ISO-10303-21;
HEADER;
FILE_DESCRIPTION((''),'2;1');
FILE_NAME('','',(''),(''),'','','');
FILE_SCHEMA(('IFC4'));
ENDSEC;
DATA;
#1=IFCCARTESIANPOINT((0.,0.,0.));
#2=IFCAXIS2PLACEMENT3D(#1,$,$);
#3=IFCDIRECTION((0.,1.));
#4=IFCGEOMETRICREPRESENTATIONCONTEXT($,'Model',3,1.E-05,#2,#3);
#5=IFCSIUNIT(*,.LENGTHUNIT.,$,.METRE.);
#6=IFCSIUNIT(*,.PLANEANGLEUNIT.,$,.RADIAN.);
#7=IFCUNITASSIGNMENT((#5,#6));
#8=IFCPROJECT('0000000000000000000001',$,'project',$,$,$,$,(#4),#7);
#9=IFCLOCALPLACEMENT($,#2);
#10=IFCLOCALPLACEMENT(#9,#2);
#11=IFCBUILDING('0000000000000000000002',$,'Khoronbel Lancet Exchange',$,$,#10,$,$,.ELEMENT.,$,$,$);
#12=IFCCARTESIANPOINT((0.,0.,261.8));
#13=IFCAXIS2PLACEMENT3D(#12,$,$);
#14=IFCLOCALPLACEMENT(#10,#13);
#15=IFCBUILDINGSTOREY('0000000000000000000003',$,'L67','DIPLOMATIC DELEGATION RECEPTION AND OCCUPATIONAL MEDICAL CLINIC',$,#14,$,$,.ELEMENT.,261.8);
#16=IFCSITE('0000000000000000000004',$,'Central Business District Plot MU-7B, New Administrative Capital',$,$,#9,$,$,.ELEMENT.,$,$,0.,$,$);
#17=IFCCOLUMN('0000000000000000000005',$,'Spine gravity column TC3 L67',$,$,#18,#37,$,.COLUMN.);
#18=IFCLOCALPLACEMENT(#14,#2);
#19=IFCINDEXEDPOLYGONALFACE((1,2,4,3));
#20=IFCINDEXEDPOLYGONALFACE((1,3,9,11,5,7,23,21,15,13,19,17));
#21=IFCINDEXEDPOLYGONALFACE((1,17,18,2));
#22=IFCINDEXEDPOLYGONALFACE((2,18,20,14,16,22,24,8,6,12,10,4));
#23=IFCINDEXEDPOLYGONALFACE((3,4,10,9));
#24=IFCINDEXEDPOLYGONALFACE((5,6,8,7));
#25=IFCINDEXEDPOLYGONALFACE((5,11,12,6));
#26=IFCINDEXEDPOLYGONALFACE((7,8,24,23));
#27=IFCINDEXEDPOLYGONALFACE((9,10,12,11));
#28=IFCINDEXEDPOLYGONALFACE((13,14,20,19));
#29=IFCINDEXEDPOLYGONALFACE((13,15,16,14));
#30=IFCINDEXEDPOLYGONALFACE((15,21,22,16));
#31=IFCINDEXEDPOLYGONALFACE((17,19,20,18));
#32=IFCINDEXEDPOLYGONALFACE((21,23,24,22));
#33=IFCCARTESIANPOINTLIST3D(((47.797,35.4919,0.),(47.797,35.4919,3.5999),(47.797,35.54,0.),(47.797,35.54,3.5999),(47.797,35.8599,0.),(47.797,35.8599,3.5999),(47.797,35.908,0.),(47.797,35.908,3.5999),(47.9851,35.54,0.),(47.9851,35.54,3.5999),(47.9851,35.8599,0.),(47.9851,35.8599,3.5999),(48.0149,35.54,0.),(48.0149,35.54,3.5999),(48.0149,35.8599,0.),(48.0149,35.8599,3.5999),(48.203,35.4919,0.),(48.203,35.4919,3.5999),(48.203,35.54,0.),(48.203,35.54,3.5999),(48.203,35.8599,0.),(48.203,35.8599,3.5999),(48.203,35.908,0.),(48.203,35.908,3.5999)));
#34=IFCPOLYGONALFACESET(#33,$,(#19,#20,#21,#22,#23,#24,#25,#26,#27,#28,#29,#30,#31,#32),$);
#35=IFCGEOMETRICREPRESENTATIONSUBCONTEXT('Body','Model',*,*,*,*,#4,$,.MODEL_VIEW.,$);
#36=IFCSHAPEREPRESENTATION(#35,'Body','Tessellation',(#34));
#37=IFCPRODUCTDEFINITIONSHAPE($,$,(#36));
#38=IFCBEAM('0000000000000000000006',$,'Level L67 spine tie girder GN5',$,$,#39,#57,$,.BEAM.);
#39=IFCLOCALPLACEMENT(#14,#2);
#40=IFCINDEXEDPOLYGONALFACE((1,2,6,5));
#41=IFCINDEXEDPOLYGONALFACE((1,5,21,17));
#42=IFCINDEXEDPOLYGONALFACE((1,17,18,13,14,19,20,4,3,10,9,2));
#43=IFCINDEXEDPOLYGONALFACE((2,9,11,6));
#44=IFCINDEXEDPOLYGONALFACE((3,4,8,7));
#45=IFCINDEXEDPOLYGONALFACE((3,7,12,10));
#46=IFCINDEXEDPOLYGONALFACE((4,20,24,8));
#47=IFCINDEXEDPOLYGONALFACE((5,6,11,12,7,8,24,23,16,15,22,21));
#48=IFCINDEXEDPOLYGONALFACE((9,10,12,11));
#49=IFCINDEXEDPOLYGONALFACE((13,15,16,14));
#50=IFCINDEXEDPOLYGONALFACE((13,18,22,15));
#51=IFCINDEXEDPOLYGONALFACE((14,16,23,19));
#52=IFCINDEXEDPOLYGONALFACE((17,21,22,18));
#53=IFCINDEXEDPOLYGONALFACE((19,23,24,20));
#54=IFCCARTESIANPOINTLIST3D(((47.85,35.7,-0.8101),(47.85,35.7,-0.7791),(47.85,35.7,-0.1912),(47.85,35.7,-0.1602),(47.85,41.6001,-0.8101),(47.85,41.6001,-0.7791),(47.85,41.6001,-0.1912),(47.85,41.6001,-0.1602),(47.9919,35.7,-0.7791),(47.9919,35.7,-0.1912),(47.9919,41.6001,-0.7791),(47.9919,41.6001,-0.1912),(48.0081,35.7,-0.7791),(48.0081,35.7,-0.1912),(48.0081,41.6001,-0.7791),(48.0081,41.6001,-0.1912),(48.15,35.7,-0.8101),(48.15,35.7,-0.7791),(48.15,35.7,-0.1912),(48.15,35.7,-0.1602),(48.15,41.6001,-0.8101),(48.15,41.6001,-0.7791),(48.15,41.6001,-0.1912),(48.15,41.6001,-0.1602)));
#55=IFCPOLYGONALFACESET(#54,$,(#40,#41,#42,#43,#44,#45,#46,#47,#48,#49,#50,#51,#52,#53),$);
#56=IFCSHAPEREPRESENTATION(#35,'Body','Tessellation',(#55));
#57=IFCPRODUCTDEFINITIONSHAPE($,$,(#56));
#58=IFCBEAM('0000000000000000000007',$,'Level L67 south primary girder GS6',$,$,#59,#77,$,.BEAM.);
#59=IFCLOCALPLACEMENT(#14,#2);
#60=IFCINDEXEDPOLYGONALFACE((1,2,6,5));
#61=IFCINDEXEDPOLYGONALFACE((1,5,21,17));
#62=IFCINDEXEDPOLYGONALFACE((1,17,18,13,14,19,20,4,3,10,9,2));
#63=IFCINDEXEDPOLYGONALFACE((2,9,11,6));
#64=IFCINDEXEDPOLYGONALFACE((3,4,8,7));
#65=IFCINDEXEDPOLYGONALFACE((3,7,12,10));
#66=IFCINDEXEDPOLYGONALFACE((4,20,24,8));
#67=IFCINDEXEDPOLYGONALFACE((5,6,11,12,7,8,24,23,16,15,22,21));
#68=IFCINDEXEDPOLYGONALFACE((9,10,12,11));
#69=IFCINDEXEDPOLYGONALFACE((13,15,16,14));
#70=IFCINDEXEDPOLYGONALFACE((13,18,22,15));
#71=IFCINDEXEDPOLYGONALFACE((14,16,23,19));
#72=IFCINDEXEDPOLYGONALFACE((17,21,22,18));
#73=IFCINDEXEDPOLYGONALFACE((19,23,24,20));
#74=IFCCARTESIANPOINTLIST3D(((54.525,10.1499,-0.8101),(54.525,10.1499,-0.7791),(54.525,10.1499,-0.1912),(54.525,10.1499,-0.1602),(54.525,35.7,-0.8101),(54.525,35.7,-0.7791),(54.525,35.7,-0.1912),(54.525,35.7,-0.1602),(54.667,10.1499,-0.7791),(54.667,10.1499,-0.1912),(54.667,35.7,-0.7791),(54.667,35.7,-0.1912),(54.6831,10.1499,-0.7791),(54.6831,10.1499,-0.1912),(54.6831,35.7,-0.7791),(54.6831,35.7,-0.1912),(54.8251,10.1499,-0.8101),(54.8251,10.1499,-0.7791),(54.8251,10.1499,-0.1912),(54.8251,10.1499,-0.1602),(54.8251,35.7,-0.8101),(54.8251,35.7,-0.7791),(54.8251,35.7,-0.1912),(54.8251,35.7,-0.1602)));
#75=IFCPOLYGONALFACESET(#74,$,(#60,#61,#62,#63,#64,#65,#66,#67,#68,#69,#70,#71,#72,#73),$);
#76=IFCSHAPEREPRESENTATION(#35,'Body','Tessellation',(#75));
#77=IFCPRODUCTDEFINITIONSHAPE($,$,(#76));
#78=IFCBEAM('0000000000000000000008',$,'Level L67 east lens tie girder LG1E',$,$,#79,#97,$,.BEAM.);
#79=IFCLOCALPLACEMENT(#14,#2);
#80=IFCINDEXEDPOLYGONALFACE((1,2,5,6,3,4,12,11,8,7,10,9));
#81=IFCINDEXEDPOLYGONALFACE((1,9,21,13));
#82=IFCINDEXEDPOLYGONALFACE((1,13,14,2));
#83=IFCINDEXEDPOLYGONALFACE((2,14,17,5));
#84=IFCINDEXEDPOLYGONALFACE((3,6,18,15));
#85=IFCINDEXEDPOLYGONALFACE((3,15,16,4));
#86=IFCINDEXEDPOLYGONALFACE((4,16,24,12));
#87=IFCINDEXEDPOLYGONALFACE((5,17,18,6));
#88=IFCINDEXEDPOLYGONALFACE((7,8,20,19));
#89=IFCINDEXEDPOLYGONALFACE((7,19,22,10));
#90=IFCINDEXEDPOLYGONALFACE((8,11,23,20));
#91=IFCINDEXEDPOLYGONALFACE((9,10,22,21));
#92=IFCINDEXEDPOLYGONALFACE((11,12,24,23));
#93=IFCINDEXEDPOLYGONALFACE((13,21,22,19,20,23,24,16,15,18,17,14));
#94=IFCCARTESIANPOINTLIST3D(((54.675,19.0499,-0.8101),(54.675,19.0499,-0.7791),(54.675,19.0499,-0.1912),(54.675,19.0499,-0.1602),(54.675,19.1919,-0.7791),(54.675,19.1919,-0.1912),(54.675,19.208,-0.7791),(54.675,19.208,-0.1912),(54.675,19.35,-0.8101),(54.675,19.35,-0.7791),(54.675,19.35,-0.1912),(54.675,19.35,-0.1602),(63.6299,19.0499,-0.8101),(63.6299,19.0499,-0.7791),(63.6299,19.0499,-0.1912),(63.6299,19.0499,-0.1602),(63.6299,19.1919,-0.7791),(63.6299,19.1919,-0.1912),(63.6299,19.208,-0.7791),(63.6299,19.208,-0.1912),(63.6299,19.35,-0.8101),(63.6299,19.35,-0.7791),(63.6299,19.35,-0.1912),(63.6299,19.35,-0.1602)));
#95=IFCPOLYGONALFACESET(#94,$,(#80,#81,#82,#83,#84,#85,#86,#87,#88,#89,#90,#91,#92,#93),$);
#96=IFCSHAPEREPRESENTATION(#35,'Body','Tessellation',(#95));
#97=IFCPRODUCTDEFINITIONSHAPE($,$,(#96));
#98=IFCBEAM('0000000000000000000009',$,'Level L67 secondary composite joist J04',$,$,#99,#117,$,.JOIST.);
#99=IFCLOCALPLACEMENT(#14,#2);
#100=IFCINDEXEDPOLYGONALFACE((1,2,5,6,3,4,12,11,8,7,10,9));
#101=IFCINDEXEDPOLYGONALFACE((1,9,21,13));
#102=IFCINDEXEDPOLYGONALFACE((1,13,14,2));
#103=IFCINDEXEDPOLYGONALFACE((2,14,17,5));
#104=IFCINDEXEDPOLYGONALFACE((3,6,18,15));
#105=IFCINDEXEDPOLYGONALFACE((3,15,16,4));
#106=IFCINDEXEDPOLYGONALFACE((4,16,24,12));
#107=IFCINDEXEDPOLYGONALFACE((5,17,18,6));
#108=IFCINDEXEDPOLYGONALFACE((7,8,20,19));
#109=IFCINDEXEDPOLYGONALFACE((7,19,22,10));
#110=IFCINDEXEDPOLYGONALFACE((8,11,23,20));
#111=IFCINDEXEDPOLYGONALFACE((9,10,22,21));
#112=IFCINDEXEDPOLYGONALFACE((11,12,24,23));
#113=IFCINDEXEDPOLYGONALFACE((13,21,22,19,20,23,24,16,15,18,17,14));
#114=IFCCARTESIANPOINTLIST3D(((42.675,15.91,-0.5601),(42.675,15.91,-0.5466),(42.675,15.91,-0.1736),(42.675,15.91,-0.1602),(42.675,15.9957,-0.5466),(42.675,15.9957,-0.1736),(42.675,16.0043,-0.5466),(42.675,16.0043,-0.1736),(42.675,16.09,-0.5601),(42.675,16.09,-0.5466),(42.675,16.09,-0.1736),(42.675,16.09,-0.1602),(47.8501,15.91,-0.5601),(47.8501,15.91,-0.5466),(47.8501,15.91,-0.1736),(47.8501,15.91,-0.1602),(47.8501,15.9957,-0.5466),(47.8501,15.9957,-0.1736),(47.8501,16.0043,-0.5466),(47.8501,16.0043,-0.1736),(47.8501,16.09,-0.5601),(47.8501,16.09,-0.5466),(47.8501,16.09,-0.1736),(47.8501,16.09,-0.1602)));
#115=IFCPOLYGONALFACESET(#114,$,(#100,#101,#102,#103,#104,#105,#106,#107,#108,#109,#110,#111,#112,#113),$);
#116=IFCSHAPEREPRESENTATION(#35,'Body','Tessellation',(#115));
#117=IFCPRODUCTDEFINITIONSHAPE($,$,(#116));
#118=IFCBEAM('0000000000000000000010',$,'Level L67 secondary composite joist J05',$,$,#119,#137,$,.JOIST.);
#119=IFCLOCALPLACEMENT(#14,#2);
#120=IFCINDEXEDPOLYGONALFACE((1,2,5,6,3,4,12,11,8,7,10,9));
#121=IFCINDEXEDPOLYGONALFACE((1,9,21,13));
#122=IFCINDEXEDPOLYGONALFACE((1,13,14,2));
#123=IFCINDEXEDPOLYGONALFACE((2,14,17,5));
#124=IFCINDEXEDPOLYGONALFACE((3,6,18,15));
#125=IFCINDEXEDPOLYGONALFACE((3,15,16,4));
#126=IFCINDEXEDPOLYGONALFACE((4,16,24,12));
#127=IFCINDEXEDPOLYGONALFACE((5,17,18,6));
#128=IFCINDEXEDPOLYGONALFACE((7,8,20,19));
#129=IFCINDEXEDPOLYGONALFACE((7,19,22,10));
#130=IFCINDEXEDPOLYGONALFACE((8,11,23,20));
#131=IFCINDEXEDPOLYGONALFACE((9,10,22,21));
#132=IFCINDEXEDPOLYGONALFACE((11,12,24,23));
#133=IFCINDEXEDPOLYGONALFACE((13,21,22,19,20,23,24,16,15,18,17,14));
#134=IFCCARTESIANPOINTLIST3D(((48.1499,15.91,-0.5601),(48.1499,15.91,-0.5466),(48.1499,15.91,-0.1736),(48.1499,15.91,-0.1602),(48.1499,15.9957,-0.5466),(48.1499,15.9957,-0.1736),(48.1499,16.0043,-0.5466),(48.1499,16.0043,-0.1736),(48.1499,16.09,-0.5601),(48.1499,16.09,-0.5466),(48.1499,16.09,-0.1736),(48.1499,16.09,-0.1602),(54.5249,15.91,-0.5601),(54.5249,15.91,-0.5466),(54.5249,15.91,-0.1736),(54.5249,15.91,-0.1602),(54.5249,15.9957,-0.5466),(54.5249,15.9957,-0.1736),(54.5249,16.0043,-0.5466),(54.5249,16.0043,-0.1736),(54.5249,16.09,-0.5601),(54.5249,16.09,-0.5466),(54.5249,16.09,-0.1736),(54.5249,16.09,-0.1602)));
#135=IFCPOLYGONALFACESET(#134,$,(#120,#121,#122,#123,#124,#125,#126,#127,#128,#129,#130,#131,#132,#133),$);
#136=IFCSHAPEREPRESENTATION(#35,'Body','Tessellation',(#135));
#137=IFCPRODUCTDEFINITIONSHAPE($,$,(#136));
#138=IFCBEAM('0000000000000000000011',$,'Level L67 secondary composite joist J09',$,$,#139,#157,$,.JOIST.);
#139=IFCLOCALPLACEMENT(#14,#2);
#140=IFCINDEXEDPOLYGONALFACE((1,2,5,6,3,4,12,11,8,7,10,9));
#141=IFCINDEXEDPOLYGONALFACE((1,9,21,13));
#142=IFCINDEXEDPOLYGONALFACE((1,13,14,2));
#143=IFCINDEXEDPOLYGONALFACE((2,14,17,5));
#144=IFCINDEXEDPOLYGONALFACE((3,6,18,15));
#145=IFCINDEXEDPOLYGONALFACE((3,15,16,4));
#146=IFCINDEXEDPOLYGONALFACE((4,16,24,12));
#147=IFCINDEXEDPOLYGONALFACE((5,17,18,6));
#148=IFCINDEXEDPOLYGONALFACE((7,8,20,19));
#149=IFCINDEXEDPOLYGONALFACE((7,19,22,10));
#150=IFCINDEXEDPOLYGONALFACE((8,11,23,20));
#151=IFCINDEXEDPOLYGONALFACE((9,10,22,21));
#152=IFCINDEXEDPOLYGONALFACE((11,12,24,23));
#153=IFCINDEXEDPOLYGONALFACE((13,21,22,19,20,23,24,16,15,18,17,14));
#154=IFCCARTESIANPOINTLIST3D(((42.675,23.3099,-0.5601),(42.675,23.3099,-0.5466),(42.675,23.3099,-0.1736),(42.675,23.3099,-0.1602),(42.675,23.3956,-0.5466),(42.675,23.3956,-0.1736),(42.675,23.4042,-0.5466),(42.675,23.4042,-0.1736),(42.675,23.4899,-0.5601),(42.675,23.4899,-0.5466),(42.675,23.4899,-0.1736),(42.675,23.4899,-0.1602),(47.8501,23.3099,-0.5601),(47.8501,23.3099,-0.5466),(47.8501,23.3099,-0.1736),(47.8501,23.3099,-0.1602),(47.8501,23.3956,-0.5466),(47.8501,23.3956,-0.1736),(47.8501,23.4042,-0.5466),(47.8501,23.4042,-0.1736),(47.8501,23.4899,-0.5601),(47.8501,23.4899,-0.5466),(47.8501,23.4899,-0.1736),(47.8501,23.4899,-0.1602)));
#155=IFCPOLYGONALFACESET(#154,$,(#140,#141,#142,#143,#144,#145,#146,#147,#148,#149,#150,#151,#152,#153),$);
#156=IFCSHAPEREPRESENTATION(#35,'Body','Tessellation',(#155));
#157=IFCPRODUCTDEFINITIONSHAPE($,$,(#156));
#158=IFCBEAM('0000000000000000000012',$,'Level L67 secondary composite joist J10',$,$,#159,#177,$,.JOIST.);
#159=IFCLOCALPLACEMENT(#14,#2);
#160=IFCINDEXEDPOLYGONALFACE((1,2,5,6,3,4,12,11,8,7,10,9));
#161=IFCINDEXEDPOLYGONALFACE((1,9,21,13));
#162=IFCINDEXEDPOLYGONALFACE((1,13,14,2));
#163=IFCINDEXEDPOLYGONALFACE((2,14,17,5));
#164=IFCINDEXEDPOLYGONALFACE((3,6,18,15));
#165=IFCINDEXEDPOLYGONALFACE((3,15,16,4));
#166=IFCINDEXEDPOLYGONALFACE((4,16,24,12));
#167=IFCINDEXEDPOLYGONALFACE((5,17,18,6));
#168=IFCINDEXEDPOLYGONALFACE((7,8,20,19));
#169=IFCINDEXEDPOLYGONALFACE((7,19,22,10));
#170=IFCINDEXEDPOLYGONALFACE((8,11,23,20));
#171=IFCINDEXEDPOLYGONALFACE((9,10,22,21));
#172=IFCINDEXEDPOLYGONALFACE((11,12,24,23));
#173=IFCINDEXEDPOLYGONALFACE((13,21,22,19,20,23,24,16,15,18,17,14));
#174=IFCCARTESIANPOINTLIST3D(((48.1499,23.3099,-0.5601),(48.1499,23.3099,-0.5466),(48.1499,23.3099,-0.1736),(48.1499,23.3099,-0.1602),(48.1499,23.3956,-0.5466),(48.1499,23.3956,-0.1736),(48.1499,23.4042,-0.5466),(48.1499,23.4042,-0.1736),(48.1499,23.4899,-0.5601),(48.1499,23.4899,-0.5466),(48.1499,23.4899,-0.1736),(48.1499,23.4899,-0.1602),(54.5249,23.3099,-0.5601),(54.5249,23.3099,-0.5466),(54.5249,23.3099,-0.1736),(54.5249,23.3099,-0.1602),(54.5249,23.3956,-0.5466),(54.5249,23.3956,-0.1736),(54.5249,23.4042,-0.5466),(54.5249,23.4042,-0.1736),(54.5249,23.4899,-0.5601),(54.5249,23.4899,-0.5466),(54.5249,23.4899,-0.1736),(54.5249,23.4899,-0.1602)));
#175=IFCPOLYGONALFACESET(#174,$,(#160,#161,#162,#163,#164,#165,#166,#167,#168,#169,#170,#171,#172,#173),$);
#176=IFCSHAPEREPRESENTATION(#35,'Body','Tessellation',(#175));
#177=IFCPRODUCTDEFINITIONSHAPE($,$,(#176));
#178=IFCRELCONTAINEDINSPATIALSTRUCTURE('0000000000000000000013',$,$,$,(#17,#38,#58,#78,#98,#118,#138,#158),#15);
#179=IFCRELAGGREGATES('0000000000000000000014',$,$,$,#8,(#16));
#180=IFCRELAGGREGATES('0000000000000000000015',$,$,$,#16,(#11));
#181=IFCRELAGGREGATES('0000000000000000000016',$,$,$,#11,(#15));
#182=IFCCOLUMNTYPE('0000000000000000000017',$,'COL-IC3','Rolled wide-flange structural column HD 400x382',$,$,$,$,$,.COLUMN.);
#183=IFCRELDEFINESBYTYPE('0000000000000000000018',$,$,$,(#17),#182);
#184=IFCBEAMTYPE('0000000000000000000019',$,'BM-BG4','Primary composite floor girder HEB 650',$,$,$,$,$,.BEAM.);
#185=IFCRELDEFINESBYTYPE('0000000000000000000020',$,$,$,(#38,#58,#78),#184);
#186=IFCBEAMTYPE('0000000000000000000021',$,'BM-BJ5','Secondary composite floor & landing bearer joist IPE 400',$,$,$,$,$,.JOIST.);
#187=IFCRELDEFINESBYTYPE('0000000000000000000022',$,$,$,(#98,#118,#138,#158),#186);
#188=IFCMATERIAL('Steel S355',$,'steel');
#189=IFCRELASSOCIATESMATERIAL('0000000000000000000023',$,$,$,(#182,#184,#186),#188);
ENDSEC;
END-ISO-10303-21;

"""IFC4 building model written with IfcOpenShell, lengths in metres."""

from ifc_helpers import new_model, si_unit, direction, frame, origin, origin_2d, place, context, subcontext, project, spatial, i_section, extrude, material, material_profile, profile_set, type_object, element, save


model = new_model("IFC4")

# Units and contexts
model_context = context("Model", 3, precision=1e-05, world=origin(), true_north=direction((0.0, 1.0)))
body_context = subcontext(model_context, "Body", "Model", "MODEL_VIEW")
ifc_project = project(units=[si_unit("LENGTHUNIT", "METRE"), si_unit("PLANEANGLEUNIT", "RADIAN")], contexts=[model_context])

# Site, building, storey
site_placement = place(None, origin())
site = spatial("IfcSite", under=ifc_project, at=site_placement, Name="Central Business District Plot MU-7B, New Administrative Capital", CompositionType="ELEMENT", RefElevation=0.0)
building_placement = place(site_placement, origin())
building = spatial("IfcBuilding", under=site, at=building_placement, Name="Khoronbel Lancet Exchange", CompositionType="ELEMENT")
storey_placement = place(building_placement, frame((0.0, 0.0, 261.8)))
storey = spatial("IfcBuildingStorey", under=building, at=storey_placement, Name="L67", Description="DIPLOMATIC DELEGATION RECEPTION AND OCCUPATIONAL MEDICAL CLINIC", CompositionType="ELEMENT", Elevation=261.8)

# Column
ifc_material_1 = material(Name="Steel S355", Category="steel")
ifc_material_profile_1 = material_profile(ifc_material_1, i_section(OverallWidth=0.406, OverallDepth=0.416, WebThickness=0.0298, FlangeThickness=0.0481, at=origin_2d()), Name="HD 400x382")
ifc_profile_set_1 = profile_set([ifc_material_profile_1], Name="Steel S355")
column_type = type_object("IfcColumnType", Name="COL-IC3", Description="Rolled wide-flange structural column HD 400x382", PredefinedType="COLUMN", material=ifc_profile_set_1)
column_placement = place(storey_placement, frame((48.0, 35.7, 0.0), z_axis=(0.0, 0.0, 1.0), x_axis=(1.0, 0.0, 0.0)))
element("IfcColumn", 1, at=column_placement, inside=storey, type_object=column_type, Name="Spine gravity column TC3 L67", PredefinedType="COLUMN", context=body_context, shape_type="SweptSolid", body=[
    extrude(i_section(OverallWidth=0.406, OverallDepth=0.416, WebThickness=0.0298, FlangeThickness=0.0481, at=origin_2d()), origin(), (0.0, 0.0, 1.0), 3.5999),
])

# Beams
ifc_material_profile_2 = material_profile(ifc_material_1, i_section(OverallWidth=0.3, OverallDepth=0.6499, WebThickness=0.0161, FlangeThickness=0.031, at=origin_2d()), Name="HEB 650")
ifc_profile_set_2 = profile_set([ifc_material_profile_2], Name="Steel S355")
beam_type_1 = type_object("IfcBeamType", Name="BM-BG4", Description="Primary composite floor girder HEB 650", PredefinedType="BEAM", material=ifc_profile_set_2)
beam_1_placement = place(storey_placement, frame((48.0, 35.7, -0.4851), z_axis=(0.0, 1.0, 0.0), x_axis=(-1.0, 0.0, 0.0)))
element("IfcBeam", 2, at=beam_1_placement, inside=storey, type_object=beam_type_1, Name="Level L67 spine tie girder GN5", PredefinedType="BEAM", context=body_context, shape_type="SweptSolid", body=[
    extrude(i_section(OverallWidth=0.3, OverallDepth=0.6499, WebThickness=0.0161, FlangeThickness=0.031, at=origin_2d()), origin(), (0.0, 0.0, 1.0), 5.9001),
])
beam_2_placement = place(storey_placement, frame((54.675, 10.1499, -0.4851), z_axis=(0.0, 1.0, 0.0), x_axis=(-1.0, 0.0, 0.0)))
element("IfcBeam", 3, at=beam_2_placement, inside=storey, type_object=beam_type_1, Name="Level L67 south primary girder GS6", PredefinedType="BEAM", context=body_context, shape_type="SweptSolid", body=[
    extrude(i_section(OverallWidth=0.3, OverallDepth=0.6499, WebThickness=0.0161, FlangeThickness=0.031, at=origin_2d()), origin(), (0.0, 0.0, 1.0), 25.55),
])
beam_3_placement = place(storey_placement, frame((54.675, 19.2, -0.4851), z_axis=(1.0, 0.0, 0.0), x_axis=(0.0, 1.0, 0.0)))
element("IfcBeam", 4, at=beam_3_placement, inside=storey, type_object=beam_type_1, Name="Level L67 east lens tie girder LG1E", PredefinedType="BEAM", context=body_context, shape_type="SweptSolid", body=[
    extrude(i_section(OverallWidth=0.3, OverallDepth=0.6499, WebThickness=0.0161, FlangeThickness=0.031, at=origin_2d()), origin(), (0.0, 0.0, 1.0), 8.9548),
])
ifc_material_profile_3 = material_profile(ifc_material_1, i_section(OverallWidth=0.1799, OverallDepth=0.3999, WebThickness=0.0085, FlangeThickness=0.0134, at=origin_2d()), Name="IPE 400")
ifc_profile_set_3 = profile_set([ifc_material_profile_3], Name="Steel S355")
beam_type_2 = type_object("IfcBeamType", Name="BM-BJ5", Description="Secondary composite floor & landing bearer joist IPE 400", PredefinedType="JOIST", material=ifc_profile_set_3)
beam_4_placement = place(storey_placement, frame((42.675, 16.0, -0.3601), z_axis=(1.0, 0.0, 0.0), x_axis=(0.0, 1.0, 0.0)))
element("IfcBeam", 5, at=beam_4_placement, inside=storey, type_object=beam_type_2, Name="Level L67 secondary composite joist J04", PredefinedType="JOIST", context=body_context, shape_type="SweptSolid", body=[
    extrude(i_section(OverallWidth=0.1799, OverallDepth=0.3999, WebThickness=0.0085, FlangeThickness=0.0134, at=origin_2d()), origin(), (0.0, 0.0, 1.0), 5.175),
])
beam_5_placement = place(storey_placement, frame((48.1499, 16.0, -0.3601), z_axis=(1.0, 0.0, 0.0), x_axis=(0.0, 1.0, 0.0)))
element("IfcBeam", 6, at=beam_5_placement, inside=storey, type_object=beam_type_2, Name="Level L67 secondary composite joist J05", PredefinedType="JOIST", context=body_context, shape_type="SweptSolid", body=[
    extrude(i_section(OverallWidth=0.1799, OverallDepth=0.3999, WebThickness=0.0085, FlangeThickness=0.0134, at=origin_2d()), origin(), (0.0, 0.0, 1.0), 6.375),
])
beam_6_placement = place(storey_placement, frame((42.675, 23.3999, -0.3601), z_axis=(1.0, 0.0, 0.0), x_axis=(0.0, 1.0, 0.0)))
element("IfcBeam", 7, at=beam_6_placement, inside=storey, type_object=beam_type_2, Name="Level L67 secondary composite joist J09", PredefinedType="JOIST", context=body_context, shape_type="SweptSolid", body=[
    extrude(i_section(OverallWidth=0.1799, OverallDepth=0.3999, WebThickness=0.0085, FlangeThickness=0.0134, at=origin_2d()), origin(), (0.0, 0.0, 1.0), 5.175),
])
beam_7_placement = place(storey_placement, frame((48.1499, 23.3999, -0.3601), z_axis=(1.0, 0.0, 0.0), x_axis=(0.0, 1.0, 0.0)))
element("IfcBeam", 8, at=beam_7_placement, inside=storey, type_object=beam_type_2, Name="Level L67 secondary composite joist J10", PredefinedType="JOIST", context=body_context, shape_type="SweptSolid", body=[
    extrude(i_section(OverallWidth=0.1799, OverallDepth=0.3999, WebThickness=0.0085, FlangeThickness=0.0134, at=origin_2d()), origin(), (0.0, 0.0, 1.0), 6.375),
])

save(model, "model.ifc")
